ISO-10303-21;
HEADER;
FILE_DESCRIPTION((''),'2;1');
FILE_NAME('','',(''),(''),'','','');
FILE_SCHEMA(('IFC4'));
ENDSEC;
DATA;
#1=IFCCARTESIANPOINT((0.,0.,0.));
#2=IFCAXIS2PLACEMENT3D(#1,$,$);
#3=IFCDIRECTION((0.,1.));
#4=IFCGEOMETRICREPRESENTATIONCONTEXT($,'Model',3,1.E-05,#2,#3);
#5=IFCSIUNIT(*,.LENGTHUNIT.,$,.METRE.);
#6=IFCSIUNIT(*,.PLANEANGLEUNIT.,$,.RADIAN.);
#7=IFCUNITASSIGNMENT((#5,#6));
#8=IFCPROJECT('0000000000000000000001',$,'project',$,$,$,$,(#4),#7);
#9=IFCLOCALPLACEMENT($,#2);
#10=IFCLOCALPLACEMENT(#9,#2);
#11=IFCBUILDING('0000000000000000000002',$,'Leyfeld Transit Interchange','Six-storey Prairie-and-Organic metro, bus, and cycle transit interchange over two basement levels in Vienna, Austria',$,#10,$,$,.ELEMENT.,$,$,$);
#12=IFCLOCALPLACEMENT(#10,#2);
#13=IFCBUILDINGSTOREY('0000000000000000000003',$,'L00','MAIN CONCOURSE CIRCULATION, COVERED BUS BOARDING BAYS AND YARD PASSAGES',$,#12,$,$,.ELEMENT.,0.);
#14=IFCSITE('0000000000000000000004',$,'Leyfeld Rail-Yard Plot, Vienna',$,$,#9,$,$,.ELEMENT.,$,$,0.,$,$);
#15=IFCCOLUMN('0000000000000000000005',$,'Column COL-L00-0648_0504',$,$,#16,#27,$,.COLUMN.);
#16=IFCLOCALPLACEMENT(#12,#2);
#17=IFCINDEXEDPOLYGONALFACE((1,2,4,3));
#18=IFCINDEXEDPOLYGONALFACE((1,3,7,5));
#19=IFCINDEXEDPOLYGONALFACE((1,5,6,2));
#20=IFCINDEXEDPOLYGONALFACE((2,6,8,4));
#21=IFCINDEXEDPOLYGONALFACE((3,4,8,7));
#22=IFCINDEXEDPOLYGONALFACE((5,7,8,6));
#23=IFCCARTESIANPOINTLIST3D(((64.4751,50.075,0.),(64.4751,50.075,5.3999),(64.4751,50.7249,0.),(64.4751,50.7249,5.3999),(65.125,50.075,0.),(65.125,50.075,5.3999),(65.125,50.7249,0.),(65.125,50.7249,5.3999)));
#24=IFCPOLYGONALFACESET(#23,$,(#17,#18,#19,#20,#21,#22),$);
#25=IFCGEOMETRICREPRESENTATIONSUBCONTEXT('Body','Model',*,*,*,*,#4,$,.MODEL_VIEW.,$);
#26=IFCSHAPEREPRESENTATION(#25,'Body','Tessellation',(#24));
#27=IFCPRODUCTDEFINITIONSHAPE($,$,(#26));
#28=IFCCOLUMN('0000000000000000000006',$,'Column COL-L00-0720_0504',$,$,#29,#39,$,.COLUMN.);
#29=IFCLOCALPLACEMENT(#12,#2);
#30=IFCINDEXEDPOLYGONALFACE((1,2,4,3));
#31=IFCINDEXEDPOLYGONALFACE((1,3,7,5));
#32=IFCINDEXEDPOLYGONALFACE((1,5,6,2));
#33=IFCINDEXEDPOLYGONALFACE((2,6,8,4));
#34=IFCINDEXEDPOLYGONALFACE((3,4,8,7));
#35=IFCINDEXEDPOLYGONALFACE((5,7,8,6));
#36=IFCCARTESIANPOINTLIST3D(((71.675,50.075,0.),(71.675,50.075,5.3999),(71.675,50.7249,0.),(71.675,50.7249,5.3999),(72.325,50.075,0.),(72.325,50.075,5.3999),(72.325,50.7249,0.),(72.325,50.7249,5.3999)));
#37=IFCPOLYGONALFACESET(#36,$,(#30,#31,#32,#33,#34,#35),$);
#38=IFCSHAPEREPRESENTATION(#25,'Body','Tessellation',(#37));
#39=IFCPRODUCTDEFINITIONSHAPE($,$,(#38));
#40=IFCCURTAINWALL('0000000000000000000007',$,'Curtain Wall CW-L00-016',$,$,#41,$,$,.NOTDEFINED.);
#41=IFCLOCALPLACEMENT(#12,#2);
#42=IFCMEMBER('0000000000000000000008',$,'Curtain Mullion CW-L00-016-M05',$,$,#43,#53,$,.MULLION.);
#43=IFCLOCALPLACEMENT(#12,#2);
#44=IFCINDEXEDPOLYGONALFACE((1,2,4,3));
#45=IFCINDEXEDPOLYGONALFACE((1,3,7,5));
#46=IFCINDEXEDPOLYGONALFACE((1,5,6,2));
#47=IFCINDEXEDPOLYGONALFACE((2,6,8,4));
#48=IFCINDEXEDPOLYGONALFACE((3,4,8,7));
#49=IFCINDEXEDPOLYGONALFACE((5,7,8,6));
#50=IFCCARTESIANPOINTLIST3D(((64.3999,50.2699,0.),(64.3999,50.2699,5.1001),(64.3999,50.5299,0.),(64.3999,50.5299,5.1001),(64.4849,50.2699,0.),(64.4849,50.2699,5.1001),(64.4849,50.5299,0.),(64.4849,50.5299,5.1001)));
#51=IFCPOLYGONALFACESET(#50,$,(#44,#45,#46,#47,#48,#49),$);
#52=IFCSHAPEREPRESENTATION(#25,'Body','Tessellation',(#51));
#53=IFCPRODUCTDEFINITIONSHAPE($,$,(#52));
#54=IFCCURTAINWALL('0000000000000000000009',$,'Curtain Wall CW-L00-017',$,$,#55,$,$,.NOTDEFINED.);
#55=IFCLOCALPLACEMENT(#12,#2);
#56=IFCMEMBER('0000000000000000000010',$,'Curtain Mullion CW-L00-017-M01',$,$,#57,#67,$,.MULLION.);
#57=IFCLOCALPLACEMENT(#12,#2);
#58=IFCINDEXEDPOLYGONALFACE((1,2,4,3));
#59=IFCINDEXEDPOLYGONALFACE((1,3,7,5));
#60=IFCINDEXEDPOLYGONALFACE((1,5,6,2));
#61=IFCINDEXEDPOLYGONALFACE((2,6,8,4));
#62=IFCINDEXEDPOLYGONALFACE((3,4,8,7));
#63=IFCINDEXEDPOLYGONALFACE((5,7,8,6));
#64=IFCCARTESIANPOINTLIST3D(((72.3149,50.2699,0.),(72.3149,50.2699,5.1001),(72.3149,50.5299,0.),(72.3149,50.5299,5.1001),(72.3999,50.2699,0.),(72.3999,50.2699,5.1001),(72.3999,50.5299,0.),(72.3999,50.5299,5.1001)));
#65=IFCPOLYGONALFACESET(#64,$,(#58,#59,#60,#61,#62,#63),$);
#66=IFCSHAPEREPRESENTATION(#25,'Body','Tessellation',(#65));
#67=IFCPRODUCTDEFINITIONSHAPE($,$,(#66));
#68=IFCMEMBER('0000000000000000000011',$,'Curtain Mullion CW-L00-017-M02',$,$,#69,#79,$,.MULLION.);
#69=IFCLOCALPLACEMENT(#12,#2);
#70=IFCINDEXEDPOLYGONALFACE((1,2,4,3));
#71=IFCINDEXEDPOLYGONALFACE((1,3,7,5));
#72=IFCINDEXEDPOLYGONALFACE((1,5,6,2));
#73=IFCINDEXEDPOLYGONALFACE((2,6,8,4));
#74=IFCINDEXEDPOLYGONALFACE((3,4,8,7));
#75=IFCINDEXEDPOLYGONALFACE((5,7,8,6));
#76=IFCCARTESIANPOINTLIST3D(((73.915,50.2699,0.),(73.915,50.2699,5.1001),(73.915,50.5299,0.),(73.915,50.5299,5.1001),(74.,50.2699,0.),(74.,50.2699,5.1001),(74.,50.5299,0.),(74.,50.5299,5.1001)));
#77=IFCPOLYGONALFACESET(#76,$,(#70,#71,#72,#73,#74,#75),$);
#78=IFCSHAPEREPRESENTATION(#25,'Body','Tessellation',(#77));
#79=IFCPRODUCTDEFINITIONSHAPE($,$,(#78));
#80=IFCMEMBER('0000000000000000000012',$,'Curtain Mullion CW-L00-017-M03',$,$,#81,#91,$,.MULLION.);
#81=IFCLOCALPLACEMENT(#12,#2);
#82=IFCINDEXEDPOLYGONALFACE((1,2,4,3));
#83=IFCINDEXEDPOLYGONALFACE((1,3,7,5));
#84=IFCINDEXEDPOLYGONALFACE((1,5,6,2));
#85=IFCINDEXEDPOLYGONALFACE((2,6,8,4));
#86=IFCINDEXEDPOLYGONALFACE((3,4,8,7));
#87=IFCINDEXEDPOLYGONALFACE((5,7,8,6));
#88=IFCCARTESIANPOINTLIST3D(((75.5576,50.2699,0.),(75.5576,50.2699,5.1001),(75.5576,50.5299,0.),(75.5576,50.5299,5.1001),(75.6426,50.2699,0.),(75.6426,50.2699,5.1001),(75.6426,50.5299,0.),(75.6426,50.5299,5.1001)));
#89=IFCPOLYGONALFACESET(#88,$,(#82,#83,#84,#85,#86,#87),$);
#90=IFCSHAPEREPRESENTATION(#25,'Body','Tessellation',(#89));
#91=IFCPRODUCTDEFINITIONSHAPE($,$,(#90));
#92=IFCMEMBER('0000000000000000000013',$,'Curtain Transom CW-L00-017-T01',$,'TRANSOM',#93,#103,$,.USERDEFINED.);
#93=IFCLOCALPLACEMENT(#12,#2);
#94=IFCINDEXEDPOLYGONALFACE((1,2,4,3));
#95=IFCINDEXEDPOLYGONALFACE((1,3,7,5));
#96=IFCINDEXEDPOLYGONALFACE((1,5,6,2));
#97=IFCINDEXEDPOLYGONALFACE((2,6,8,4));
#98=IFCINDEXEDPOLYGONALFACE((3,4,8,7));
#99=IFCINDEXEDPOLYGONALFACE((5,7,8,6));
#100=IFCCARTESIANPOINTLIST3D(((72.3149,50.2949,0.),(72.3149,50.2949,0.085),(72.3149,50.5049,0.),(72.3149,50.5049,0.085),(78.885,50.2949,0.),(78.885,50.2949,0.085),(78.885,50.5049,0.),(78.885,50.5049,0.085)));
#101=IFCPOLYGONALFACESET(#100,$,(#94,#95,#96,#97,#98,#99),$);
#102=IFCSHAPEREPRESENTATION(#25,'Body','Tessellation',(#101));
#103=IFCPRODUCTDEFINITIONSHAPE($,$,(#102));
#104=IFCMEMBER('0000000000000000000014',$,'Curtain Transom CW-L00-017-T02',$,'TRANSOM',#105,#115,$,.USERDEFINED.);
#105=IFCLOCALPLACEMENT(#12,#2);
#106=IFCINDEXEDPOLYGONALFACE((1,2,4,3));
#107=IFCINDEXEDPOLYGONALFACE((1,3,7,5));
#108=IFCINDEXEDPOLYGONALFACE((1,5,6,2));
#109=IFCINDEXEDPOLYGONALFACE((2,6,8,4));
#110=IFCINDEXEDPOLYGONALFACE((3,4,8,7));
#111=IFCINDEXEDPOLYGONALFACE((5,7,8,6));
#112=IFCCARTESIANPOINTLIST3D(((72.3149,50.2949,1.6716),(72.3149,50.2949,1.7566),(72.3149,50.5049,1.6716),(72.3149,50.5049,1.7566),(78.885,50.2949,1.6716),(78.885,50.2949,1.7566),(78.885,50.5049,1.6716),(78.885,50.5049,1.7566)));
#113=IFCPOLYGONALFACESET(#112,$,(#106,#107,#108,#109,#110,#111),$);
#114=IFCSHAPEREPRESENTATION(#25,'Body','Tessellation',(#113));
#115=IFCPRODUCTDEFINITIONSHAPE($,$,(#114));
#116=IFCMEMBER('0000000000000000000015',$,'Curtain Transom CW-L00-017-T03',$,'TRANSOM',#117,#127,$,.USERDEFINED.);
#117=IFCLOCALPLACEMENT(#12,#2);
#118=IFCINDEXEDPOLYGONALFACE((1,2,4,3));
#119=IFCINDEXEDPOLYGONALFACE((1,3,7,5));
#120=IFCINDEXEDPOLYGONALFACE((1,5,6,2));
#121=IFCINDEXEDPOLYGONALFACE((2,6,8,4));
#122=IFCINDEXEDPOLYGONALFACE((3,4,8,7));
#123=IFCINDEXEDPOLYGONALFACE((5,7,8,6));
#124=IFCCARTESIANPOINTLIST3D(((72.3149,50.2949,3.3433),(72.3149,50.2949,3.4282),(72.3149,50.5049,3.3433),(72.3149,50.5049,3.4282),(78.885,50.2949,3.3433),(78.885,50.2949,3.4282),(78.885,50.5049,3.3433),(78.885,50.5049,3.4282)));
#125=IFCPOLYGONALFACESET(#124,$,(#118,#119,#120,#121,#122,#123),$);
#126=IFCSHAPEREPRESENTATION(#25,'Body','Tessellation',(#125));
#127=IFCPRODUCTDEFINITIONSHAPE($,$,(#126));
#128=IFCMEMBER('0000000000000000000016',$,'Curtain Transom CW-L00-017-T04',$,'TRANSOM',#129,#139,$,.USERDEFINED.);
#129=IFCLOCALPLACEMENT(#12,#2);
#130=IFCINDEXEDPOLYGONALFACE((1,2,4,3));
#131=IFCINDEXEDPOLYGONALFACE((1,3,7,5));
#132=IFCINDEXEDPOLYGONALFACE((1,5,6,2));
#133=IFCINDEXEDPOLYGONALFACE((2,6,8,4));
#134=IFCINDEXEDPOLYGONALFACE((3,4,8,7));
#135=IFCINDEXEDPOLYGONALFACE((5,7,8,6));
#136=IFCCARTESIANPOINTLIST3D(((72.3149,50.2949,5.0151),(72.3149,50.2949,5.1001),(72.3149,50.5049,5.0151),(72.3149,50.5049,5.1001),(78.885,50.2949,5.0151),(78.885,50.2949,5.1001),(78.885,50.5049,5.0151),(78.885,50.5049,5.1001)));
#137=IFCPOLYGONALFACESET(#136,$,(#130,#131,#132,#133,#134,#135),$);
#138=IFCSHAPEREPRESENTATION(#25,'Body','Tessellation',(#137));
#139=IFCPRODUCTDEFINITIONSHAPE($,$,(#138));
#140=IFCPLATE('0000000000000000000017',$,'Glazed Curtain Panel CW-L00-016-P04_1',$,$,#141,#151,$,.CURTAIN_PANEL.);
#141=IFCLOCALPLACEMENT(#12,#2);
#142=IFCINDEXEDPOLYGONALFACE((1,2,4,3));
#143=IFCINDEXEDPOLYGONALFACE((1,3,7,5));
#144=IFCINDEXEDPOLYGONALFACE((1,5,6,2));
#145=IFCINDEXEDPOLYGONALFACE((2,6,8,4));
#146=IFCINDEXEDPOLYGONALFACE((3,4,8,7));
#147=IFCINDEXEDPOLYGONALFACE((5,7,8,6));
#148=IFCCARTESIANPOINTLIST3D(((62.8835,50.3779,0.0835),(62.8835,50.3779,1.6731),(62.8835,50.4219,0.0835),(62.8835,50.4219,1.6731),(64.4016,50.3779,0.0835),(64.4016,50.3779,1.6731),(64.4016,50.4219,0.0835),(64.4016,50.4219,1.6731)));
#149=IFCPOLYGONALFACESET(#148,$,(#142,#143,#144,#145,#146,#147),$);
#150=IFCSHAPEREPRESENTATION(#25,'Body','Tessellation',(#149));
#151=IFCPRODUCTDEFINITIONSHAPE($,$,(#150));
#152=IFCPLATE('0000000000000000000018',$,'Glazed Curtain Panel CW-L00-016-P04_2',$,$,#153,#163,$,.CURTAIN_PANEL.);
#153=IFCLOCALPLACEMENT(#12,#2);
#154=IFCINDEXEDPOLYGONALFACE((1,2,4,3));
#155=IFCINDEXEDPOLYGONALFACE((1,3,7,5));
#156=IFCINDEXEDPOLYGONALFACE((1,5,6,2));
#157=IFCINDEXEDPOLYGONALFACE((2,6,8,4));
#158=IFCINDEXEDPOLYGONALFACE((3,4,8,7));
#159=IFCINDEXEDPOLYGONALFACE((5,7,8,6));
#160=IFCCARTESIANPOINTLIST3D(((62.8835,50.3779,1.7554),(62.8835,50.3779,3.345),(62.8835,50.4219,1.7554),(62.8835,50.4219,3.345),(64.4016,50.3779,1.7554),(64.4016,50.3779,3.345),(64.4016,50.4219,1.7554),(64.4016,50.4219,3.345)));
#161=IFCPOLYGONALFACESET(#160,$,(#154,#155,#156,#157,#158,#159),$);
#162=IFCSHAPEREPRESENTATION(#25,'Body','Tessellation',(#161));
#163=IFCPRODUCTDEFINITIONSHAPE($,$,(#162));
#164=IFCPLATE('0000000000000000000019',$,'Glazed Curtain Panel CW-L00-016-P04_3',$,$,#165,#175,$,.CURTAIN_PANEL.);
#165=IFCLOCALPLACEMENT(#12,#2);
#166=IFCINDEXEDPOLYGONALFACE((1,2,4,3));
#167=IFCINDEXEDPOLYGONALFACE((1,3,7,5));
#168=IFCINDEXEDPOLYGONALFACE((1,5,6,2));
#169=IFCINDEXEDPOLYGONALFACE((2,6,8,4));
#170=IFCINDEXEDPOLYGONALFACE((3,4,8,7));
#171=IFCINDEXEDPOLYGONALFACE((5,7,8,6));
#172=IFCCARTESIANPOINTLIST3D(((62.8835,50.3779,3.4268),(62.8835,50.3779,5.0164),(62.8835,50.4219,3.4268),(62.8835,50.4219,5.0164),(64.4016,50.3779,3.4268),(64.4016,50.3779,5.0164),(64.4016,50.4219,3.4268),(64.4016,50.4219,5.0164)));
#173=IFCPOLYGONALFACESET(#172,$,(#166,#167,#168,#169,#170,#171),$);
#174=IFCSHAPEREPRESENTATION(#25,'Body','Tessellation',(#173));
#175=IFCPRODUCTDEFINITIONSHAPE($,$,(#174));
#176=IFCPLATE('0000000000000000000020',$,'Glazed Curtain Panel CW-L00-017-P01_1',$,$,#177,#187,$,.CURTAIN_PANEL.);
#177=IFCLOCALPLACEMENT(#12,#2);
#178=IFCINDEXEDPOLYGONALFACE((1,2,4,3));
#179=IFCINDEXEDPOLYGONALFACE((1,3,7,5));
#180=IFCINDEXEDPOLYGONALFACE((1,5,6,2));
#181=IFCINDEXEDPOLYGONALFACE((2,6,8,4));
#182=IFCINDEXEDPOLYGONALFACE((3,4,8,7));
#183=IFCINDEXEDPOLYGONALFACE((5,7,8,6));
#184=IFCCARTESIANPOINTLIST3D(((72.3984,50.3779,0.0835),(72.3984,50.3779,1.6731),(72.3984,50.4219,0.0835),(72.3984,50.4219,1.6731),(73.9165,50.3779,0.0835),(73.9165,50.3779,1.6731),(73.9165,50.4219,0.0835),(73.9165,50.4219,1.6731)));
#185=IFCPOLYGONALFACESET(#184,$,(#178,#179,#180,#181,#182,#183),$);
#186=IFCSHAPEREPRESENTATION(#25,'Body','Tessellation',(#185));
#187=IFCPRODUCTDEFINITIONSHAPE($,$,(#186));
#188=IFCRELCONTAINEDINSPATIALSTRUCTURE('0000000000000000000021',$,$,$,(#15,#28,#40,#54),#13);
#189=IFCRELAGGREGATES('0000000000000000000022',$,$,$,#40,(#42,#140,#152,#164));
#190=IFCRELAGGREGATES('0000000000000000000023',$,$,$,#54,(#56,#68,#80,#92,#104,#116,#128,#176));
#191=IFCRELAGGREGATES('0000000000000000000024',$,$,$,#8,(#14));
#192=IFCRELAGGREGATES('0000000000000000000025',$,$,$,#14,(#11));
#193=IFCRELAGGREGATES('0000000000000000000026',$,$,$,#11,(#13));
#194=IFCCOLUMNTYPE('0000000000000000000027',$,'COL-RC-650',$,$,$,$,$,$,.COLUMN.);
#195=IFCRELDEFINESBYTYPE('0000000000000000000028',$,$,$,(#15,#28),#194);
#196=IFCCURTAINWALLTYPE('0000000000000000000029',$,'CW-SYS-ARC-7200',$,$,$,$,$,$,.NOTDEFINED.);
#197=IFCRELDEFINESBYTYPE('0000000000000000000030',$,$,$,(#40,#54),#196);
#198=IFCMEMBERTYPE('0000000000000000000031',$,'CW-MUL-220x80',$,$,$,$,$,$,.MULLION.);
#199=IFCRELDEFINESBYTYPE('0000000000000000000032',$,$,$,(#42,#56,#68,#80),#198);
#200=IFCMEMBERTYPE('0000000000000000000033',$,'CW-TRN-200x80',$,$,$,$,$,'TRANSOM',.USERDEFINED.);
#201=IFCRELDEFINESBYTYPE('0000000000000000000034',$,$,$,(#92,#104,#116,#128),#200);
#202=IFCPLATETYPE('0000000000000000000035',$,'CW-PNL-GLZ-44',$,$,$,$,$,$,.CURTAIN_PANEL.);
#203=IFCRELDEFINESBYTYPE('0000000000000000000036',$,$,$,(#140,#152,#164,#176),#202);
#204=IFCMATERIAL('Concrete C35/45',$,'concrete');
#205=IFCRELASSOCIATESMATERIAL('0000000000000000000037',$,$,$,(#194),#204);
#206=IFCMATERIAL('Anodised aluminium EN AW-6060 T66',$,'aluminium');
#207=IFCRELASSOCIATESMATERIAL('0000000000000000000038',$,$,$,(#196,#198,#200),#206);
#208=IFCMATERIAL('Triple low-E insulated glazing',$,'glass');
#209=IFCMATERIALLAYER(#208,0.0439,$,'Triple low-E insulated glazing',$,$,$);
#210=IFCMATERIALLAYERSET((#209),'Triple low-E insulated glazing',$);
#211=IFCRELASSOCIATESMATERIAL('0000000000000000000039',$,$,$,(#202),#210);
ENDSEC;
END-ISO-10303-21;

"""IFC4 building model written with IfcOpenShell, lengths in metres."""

from ifc_helpers import new_model, si_unit, direction, frame, origin, origin_2d, place, context, subcontext, project, spatial, rectangle, extrude, material, layer, layer_set, material_profile, profile_set, type_object, element, aggregate, save


model = new_model("IFC4")

# Units and contexts
model_context = context("Model", 3, precision=1e-05, world=origin(), true_north=direction((0.0, 1.0)))
body_context = subcontext(model_context, "Body", "Model", "MODEL_VIEW")
ifc_project = project(units=[si_unit("LENGTHUNIT", "METRE"), si_unit("PLANEANGLEUNIT", "RADIAN")], contexts=[model_context])

# Site, building, storey
site_placement = place(None, origin())
site = spatial("IfcSite", under=ifc_project, at=site_placement, Name="Leyfeld Rail-Yard Plot, Vienna", CompositionType="ELEMENT", RefElevation=0.0)
building_placement = place(site_placement, origin())
building = spatial("IfcBuilding", under=site, at=building_placement, Name="Leyfeld Transit Interchange", Description="Six-storey Prairie-and-Organic metro, bus, and cycle transit interchange over two basement levels in Vienna, Austria", CompositionType="ELEMENT")
storey_placement = place(building_placement, origin())
storey = spatial("IfcBuildingStorey", under=building, at=storey_placement, Name="L00", Description="MAIN CONCOURSE CIRCULATION, COVERED BUS BOARDING BAYS AND YARD PASSAGES", CompositionType="ELEMENT", Elevation=0.0)

# Columns
ifc_material_1 = material(Name="Concrete C35/45", Category="concrete")
ifc_material_profile_1 = material_profile(ifc_material_1, rectangle(XDim=0.6499, YDim=0.6499, at=origin_2d()), Name="RC 650x650")
ifc_profile_set_1 = profile_set([ifc_material_profile_1], Name="Concrete C35/45")
column_type = type_object("IfcColumnType", Name="COL-RC-650", PredefinedType="COLUMN", material=ifc_profile_set_1)
for number, where, z_axis, x_axis, name in (
    (1, (64.8, 50.3999, 0.0), (0.0, 0.0, 1.0), (1.0, 0.0, 0.0), "Column COL-L00-0648_0504"),
    (2, (72.0, 50.3999, 0.0), (0.0, 0.0, 1.0), (1.0, 0.0, 0.0), "Column COL-L00-0720_0504"),
):
    element("IfcColumn", number, at=place(storey_placement, frame(where, z_axis=z_axis, x_axis=x_axis)), inside=storey, type_object=column_type, Name=name, PredefinedType="COLUMN", context=body_context, shape_type="SweptSolid", body=[
        extrude(rectangle(XDim=0.6499, YDim=0.6499, at=origin_2d()), origin(), (0.0, 0.0, 1.0), 5.3999),
    ])

# Curtain wall, member
ifc_material_2 = material(Name="Anodised aluminium EN AW-6060 T66", Category="aluminium")
curtain_wall_type = type_object("IfcCurtainWallType", Name="CW-SYS-ARC-7200", PredefinedType="NOTDEFINED", material=ifc_material_2)
curtain_wall_1_placement = place(storey_placement, origin())
curtain_wall_1 = element("IfcCurtainWall", 3, at=curtain_wall_1_placement, inside=storey, type_object=curtain_wall_type, Name="Curtain Wall CW-L00-016", PredefinedType="NOTDEFINED")
ifc_material_profile_2 = material_profile(ifc_material_2, rectangle(XDim=0.085, YDim=0.26, at=origin_2d()), Name="CW-M 85x260")
ifc_profile_set_2 = profile_set([ifc_material_profile_2], Name="Anodised aluminium EN AW-6060 T66")
member_type_1 = type_object("IfcMemberType", Name="CW-MUL-220x80", PredefinedType="MULLION", material=ifc_profile_set_2)
member_1_placement = place(storey_placement, frame((64.4424, 50.3999, 0.0), z_axis=(0.0, 0.0, 1.0), x_axis=(1.0, 0.0, 0.0)))
member_1 = element("IfcMember", 4, at=member_1_placement, type_object=member_type_1, Name="Curtain Mullion CW-L00-016-M05", PredefinedType="MULLION", context=body_context, shape_type="SweptSolid", body=[
    extrude(rectangle(XDim=0.085, YDim=0.26, at=origin_2d()), origin(), (0.0, 0.0, 1.0), 5.1001),
])

# Curtain wall, members
curtain_wall_2_placement = place(storey_placement, origin())
curtain_wall_2 = element("IfcCurtainWall", 5, at=curtain_wall_2_placement, inside=storey, type_object=curtain_wall_type, Name="Curtain Wall CW-L00-017", PredefinedType="NOTDEFINED")
member_2_placement = place(storey_placement, frame((72.3574, 50.3999, 0.0), z_axis=(0.0, 0.0, 1.0), x_axis=(1.0, 0.0, 0.0)))
member_2 = element("IfcMember", 6, at=member_2_placement, type_object=member_type_1, Name="Curtain Mullion CW-L00-017-M01", PredefinedType="MULLION", context=body_context, shape_type="SweptSolid", body=[
    extrude(rectangle(XDim=0.085, YDim=0.26, at=origin_2d()), origin(), (0.0, 0.0, 1.0), 5.1001),
])
member_3_placement = place(storey_placement, frame((73.9575, 50.3999, 0.0), z_axis=(0.0, 0.0, 1.0), x_axis=(1.0, 0.0, 0.0)))
member_3 = element("IfcMember", 7, at=member_3_placement, type_object=member_type_1, Name="Curtain Mullion CW-L00-017-M02", PredefinedType="MULLION", context=body_context, shape_type="SweptSolid", body=[
    extrude(rectangle(XDim=0.085, YDim=0.26, at=origin_2d()), origin(), (0.0, 0.0, 1.0), 5.1001),
])
member_4_placement = place(storey_placement, frame((75.6001, 50.3999, 0.0), z_axis=(0.0, 0.0, 1.0), x_axis=(1.0, 0.0, 0.0)))
member_4 = element("IfcMember", 8, at=member_4_placement, type_object=member_type_1, Name="Curtain Mullion CW-L00-017-M03", PredefinedType="MULLION", context=body_context, shape_type="SweptSolid", body=[
    extrude(rectangle(XDim=0.085, YDim=0.26, at=origin_2d()), origin(), (0.0, 0.0, 1.0), 5.1001),
])
ifc_material_profile_3 = material_profile(ifc_material_2, rectangle(XDim=0.21, YDim=0.085, at=origin_2d()), Name="CW-TRN-200x80")
ifc_profile_set_3 = profile_set([ifc_material_profile_3], Name="Anodised aluminium EN AW-6060 T66")
member_type_2 = type_object("IfcMemberType", Name="CW-TRN-200x80", ElementType="TRANSOM", PredefinedType="USERDEFINED", material=ifc_profile_set_3)
member_5_placement = place(storey_placement, frame((72.3149, 50.3999, 0.0425), z_axis=(1.0, 0.0, 0.0), x_axis=(0.0, 1.0, 0.0)))
member_5 = element("IfcMember", 9, at=member_5_placement, type_object=member_type_2, Name="Curtain Transom CW-L00-017-T01", ObjectType="TRANSOM", PredefinedType="USERDEFINED", context=body_context, shape_type="SweptSolid", body=[
    extrude(rectangle(XDim=0.21, YDim=0.085, at=origin_2d()), origin(), (0.0, 0.0, 1.0), 6.5701),
])
member_6_placement = place(storey_placement, frame((72.3149, 50.3999, 1.7141), z_axis=(1.0, 0.0, 0.0), x_axis=(0.0, 1.0, 0.0)))
member_6 = element("IfcMember", 10, at=member_6_placement, type_object=member_type_2, Name="Curtain Transom CW-L00-017-T02", ObjectType="TRANSOM", PredefinedType="USERDEFINED", context=body_context, shape_type="SweptSolid", body=[
    extrude(rectangle(XDim=0.21, YDim=0.085, at=origin_2d()), origin(), (0.0, 0.0, 1.0), 6.5701),
])
member_7_placement = place(storey_placement, frame((72.3149, 50.3999, 3.3857), z_axis=(1.0, 0.0, 0.0), x_axis=(0.0, 1.0, 0.0)))
member_7 = element("IfcMember", 11, at=member_7_placement, type_object=member_type_2, Name="Curtain Transom CW-L00-017-T03", ObjectType="TRANSOM", PredefinedType="USERDEFINED", context=body_context, shape_type="SweptSolid", body=[
    extrude(rectangle(XDim=0.21, YDim=0.085, at=origin_2d()), origin(), (0.0, 0.0, 1.0), 6.5701),
])
member_8_placement = place(storey_placement, frame((72.3149, 50.3999, 5.0576), z_axis=(1.0, 0.0, 0.0), x_axis=(0.0, 1.0, 0.0)))
member_8 = element("IfcMember", 12, at=member_8_placement, type_object=member_type_2, Name="Curtain Transom CW-L00-017-T04", ObjectType="TRANSOM", PredefinedType="USERDEFINED", context=body_context, shape_type="SweptSolid", body=[
    extrude(rectangle(XDim=0.21, YDim=0.085, at=origin_2d()), origin(), (0.0, 0.0, 1.0), 6.5701),
])

# Plates
ifc_material_3 = material(Name="Triple low-E insulated glazing", Category="glass")
ifc_layer_1 = layer(ifc_material_3, 0.0439, Name="Triple low-E insulated glazing")
ifc_layer_set_1 = layer_set([ifc_layer_1], Name="Triple low-E insulated glazing")
plate_type = type_object("IfcPlateType", Name="CW-PNL-GLZ-44", PredefinedType="CURTAIN_PANEL", material=ifc_layer_set_1)
plate_1_placement = place(storey_placement, frame((63.6426, 50.3999, 0.0835), z_axis=(0.0, 0.0, 1.0), x_axis=(1.0, 0.0, 0.0)))
plate_1 = element("IfcPlate", 13, at=plate_1_placement, type_object=plate_type, Name="Glazed Curtain Panel CW-L00-016-P04_1", PredefinedType="CURTAIN_PANEL", context=body_context, shape_type="SweptSolid", body=[
    extrude(rectangle(XDim=1.5181, YDim=0.0439, at=origin_2d()), origin(), (0.0, 0.0, 1.0), 1.5896),
])
plate_2_placement = place(storey_placement, frame((63.6426, 50.3999, 1.7554), z_axis=(0.0, 0.0, 1.0), x_axis=(1.0, 0.0, 0.0)))
plate_2 = element("IfcPlate", 14, at=plate_2_placement, type_object=plate_type, Name="Glazed Curtain Panel CW-L00-016-P04_2", PredefinedType="CURTAIN_PANEL", context=body_context, shape_type="SweptSolid", body=[
    extrude(rectangle(XDim=1.5181, YDim=0.0439, at=origin_2d()), origin(), (0.0, 0.0, 1.0), 1.5896),
])
plate_3_placement = place(storey_placement, frame((63.6426, 50.3999, 3.4268), z_axis=(0.0, 0.0, 1.0), x_axis=(1.0, 0.0, 0.0)))
plate_3 = element("IfcPlate", 15, at=plate_3_placement, type_object=plate_type, Name="Glazed Curtain Panel CW-L00-016-P04_3", PredefinedType="CURTAIN_PANEL", context=body_context, shape_type="SweptSolid", body=[
    extrude(rectangle(XDim=1.5181, YDim=0.0439, at=origin_2d()), origin(), (0.0, 0.0, 1.0), 1.5896),
])
aggregate(curtain_wall_1, [member_1, plate_1, plate_2, plate_3])
plate_4_placement = place(storey_placement, frame((73.1575, 50.3999, 0.0835), z_axis=(0.0, 0.0, 1.0), x_axis=(1.0, 0.0, 0.0)))
plate_4 = element("IfcPlate", 16, at=plate_4_placement, type_object=plate_type, Name="Glazed Curtain Panel CW-L00-017-P01_1", PredefinedType="CURTAIN_PANEL", context=body_context, shape_type="SweptSolid", body=[
    extrude(rectangle(XDim=1.5181, YDim=0.0439, at=origin_2d()), origin(), (0.0, 0.0, 1.0), 1.5896),
])
aggregate(curtain_wall_2, [member_2, member_3, member_4, member_5, member_6, member_7, member_8, plate_4])

save(model, "model.ifc")
